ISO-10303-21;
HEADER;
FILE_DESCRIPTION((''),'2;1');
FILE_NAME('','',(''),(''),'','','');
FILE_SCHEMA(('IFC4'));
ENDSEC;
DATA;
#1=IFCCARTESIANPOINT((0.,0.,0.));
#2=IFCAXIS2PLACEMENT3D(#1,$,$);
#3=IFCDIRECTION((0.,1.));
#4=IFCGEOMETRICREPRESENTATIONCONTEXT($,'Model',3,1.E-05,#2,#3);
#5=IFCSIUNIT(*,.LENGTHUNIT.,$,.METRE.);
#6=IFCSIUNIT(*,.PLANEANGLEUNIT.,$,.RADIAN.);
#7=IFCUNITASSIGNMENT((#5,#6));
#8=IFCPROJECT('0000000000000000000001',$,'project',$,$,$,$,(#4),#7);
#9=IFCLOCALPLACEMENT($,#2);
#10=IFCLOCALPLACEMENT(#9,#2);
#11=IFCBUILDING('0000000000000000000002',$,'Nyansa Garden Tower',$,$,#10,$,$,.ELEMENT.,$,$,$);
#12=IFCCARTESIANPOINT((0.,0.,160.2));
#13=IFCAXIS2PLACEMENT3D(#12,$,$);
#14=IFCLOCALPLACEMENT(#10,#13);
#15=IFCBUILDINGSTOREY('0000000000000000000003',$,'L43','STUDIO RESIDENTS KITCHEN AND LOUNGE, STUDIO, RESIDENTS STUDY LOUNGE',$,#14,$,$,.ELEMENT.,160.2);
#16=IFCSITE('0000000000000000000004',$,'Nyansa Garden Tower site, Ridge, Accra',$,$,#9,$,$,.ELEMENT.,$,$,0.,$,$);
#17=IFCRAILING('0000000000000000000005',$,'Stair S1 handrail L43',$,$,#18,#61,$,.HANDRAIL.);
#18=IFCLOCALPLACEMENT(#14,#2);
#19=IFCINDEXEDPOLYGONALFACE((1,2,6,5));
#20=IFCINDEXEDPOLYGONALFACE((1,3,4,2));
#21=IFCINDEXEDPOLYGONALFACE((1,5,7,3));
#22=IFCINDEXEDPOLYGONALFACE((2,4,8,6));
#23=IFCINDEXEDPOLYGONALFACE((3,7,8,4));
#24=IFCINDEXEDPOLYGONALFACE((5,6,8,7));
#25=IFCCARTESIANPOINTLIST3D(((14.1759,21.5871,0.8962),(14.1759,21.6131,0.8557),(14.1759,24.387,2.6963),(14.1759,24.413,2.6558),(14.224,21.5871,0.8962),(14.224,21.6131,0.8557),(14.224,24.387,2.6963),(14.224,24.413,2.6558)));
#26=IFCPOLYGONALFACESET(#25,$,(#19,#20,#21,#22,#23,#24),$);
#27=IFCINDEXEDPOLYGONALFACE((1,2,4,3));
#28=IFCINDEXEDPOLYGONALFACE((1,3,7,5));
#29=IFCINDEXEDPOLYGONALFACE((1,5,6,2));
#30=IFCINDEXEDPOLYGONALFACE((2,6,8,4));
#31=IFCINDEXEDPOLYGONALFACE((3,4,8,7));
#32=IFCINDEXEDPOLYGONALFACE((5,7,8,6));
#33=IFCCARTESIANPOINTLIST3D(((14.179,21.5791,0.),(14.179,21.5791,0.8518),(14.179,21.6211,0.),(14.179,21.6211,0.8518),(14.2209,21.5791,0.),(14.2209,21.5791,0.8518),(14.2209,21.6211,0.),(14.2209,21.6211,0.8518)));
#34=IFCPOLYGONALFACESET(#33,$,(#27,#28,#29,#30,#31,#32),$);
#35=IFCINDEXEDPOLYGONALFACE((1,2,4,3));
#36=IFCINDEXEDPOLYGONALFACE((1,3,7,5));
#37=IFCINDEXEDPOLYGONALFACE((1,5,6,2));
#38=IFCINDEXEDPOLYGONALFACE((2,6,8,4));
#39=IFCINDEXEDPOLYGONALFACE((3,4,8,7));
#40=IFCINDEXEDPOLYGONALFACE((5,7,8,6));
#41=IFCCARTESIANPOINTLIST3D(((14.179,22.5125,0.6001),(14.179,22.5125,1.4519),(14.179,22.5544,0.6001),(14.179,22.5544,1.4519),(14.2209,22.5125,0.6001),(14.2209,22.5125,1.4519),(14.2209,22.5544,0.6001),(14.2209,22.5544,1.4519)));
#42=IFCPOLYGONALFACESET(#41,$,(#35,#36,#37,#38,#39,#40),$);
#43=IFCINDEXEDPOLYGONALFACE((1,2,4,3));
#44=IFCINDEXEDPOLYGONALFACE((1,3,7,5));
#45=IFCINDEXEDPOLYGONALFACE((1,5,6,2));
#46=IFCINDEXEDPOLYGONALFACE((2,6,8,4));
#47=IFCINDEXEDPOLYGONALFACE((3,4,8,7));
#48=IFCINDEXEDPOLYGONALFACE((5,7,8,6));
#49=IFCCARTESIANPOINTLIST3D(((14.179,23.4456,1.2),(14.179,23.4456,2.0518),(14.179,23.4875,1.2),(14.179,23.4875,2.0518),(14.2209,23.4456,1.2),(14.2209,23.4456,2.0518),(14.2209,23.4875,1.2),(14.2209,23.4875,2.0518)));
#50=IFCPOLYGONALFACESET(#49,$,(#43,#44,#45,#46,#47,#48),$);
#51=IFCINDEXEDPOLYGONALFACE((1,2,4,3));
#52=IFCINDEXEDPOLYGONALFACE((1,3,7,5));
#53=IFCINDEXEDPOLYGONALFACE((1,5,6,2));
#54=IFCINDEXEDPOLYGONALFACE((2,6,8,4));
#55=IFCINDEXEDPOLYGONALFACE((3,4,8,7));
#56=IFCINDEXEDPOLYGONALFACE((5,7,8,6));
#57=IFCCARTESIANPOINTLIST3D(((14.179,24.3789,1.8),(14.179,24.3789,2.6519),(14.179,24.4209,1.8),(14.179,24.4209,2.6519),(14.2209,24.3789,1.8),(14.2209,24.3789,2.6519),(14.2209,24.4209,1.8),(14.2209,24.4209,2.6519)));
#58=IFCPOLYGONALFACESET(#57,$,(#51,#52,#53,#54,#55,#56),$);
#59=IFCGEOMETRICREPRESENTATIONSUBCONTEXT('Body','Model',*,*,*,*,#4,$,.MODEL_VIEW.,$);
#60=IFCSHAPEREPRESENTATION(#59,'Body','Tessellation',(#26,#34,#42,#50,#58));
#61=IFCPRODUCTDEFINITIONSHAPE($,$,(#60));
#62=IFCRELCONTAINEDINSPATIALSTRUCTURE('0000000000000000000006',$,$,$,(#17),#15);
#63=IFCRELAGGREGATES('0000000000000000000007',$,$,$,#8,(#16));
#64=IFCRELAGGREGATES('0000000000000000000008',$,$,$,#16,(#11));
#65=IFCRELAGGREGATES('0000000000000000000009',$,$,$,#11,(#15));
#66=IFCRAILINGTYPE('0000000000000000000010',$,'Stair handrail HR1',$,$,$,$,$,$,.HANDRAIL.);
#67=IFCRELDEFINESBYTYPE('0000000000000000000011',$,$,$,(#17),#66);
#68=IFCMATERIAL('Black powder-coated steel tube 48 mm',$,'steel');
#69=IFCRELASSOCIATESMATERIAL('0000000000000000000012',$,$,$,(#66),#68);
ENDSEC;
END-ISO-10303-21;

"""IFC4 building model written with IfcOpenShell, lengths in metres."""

from ifc_helpers import new_model, si_unit, direction, frame, origin, origin_2d, place, context, subcontext, project, spatial, rectangle, extrude, material, type_object, element, save


model = new_model("IFC4")

# Units and contexts
model_context = context("Model", 3, precision=1e-05, world=origin(), true_north=direction((0.0, 1.0)))
body_context = subcontext(model_context, "Body", "Model", "MODEL_VIEW")
ifc_project = project(units=[si_unit("LENGTHUNIT", "METRE"), si_unit("PLANEANGLEUNIT", "RADIAN")], contexts=[model_context])

# Site, building, storey
site_placement = place(None, origin())
site = spatial("IfcSite", under=ifc_project, at=site_placement, Name="Nyansa Garden Tower site, Ridge, Accra", CompositionType="ELEMENT", RefElevation=0.0)
building_placement = place(site_placement, origin())
building = spatial("IfcBuilding", under=site, at=building_placement, Name="Nyansa Garden Tower", CompositionType="ELEMENT")
storey_placement = place(building_placement, frame((0.0, 0.0, 160.2)))
storey = spatial("IfcBuildingStorey", under=building, at=storey_placement, Name="L43", Description="STUDIO RESIDENTS KITCHEN AND LOUNGE, STUDIO, RESIDENTS STUDY LOUNGE", CompositionType="ELEMENT", Elevation=160.2)

# Railing
ifc_material_1 = material(Name="Black powder-coated steel tube 48 mm", Category="steel")
railing_type = type_object("IfcRailingType", Name="Stair handrail HR1", PredefinedType="HANDRAIL", material=ifc_material_1)
railing_placement = place(storey_placement, frame((14.2, 21.6001, 0.0)))
element("IfcRailing", 1, at=railing_placement, inside=storey, type_object=railing_type, Name="Stair S1 handrail L43", PredefinedType="HANDRAIL", context=body_context, shape_type="SweptSolid", body=[
    extrude(rectangle(XDim=0.0481, YDim=0.0481, at=origin_2d()), frame((0.0, 0.0, 0.876), z_axis=(0.0, 0.841155, 0.540795), x_axis=(-1.0, 0.0, 0.0)), (0.0, 0.0, 1.0), 3.3286),
    extrude(rectangle(XDim=0.042, YDim=0.042, at=origin_2d()), origin(), (0.0, 0.0, 1.0), 0.8518),
    extrude(rectangle(XDim=0.042, YDim=0.042, at=origin_2d()), frame((0.0, 0.9333, 0.6001)), (0.0, 0.0, 1.0), 0.8518),
    extrude(rectangle(XDim=0.042, YDim=0.042, at=origin_2d()), frame((0.0, 1.8665, 1.2)), (0.0, 0.0, 1.0), 0.8518),
    extrude(rectangle(XDim=0.042, YDim=0.042, at=origin_2d()), frame((0.0, 2.7998, 1.8)), (0.0, 0.0, 1.0), 0.8518),
])

save(model, "model.ifc")
